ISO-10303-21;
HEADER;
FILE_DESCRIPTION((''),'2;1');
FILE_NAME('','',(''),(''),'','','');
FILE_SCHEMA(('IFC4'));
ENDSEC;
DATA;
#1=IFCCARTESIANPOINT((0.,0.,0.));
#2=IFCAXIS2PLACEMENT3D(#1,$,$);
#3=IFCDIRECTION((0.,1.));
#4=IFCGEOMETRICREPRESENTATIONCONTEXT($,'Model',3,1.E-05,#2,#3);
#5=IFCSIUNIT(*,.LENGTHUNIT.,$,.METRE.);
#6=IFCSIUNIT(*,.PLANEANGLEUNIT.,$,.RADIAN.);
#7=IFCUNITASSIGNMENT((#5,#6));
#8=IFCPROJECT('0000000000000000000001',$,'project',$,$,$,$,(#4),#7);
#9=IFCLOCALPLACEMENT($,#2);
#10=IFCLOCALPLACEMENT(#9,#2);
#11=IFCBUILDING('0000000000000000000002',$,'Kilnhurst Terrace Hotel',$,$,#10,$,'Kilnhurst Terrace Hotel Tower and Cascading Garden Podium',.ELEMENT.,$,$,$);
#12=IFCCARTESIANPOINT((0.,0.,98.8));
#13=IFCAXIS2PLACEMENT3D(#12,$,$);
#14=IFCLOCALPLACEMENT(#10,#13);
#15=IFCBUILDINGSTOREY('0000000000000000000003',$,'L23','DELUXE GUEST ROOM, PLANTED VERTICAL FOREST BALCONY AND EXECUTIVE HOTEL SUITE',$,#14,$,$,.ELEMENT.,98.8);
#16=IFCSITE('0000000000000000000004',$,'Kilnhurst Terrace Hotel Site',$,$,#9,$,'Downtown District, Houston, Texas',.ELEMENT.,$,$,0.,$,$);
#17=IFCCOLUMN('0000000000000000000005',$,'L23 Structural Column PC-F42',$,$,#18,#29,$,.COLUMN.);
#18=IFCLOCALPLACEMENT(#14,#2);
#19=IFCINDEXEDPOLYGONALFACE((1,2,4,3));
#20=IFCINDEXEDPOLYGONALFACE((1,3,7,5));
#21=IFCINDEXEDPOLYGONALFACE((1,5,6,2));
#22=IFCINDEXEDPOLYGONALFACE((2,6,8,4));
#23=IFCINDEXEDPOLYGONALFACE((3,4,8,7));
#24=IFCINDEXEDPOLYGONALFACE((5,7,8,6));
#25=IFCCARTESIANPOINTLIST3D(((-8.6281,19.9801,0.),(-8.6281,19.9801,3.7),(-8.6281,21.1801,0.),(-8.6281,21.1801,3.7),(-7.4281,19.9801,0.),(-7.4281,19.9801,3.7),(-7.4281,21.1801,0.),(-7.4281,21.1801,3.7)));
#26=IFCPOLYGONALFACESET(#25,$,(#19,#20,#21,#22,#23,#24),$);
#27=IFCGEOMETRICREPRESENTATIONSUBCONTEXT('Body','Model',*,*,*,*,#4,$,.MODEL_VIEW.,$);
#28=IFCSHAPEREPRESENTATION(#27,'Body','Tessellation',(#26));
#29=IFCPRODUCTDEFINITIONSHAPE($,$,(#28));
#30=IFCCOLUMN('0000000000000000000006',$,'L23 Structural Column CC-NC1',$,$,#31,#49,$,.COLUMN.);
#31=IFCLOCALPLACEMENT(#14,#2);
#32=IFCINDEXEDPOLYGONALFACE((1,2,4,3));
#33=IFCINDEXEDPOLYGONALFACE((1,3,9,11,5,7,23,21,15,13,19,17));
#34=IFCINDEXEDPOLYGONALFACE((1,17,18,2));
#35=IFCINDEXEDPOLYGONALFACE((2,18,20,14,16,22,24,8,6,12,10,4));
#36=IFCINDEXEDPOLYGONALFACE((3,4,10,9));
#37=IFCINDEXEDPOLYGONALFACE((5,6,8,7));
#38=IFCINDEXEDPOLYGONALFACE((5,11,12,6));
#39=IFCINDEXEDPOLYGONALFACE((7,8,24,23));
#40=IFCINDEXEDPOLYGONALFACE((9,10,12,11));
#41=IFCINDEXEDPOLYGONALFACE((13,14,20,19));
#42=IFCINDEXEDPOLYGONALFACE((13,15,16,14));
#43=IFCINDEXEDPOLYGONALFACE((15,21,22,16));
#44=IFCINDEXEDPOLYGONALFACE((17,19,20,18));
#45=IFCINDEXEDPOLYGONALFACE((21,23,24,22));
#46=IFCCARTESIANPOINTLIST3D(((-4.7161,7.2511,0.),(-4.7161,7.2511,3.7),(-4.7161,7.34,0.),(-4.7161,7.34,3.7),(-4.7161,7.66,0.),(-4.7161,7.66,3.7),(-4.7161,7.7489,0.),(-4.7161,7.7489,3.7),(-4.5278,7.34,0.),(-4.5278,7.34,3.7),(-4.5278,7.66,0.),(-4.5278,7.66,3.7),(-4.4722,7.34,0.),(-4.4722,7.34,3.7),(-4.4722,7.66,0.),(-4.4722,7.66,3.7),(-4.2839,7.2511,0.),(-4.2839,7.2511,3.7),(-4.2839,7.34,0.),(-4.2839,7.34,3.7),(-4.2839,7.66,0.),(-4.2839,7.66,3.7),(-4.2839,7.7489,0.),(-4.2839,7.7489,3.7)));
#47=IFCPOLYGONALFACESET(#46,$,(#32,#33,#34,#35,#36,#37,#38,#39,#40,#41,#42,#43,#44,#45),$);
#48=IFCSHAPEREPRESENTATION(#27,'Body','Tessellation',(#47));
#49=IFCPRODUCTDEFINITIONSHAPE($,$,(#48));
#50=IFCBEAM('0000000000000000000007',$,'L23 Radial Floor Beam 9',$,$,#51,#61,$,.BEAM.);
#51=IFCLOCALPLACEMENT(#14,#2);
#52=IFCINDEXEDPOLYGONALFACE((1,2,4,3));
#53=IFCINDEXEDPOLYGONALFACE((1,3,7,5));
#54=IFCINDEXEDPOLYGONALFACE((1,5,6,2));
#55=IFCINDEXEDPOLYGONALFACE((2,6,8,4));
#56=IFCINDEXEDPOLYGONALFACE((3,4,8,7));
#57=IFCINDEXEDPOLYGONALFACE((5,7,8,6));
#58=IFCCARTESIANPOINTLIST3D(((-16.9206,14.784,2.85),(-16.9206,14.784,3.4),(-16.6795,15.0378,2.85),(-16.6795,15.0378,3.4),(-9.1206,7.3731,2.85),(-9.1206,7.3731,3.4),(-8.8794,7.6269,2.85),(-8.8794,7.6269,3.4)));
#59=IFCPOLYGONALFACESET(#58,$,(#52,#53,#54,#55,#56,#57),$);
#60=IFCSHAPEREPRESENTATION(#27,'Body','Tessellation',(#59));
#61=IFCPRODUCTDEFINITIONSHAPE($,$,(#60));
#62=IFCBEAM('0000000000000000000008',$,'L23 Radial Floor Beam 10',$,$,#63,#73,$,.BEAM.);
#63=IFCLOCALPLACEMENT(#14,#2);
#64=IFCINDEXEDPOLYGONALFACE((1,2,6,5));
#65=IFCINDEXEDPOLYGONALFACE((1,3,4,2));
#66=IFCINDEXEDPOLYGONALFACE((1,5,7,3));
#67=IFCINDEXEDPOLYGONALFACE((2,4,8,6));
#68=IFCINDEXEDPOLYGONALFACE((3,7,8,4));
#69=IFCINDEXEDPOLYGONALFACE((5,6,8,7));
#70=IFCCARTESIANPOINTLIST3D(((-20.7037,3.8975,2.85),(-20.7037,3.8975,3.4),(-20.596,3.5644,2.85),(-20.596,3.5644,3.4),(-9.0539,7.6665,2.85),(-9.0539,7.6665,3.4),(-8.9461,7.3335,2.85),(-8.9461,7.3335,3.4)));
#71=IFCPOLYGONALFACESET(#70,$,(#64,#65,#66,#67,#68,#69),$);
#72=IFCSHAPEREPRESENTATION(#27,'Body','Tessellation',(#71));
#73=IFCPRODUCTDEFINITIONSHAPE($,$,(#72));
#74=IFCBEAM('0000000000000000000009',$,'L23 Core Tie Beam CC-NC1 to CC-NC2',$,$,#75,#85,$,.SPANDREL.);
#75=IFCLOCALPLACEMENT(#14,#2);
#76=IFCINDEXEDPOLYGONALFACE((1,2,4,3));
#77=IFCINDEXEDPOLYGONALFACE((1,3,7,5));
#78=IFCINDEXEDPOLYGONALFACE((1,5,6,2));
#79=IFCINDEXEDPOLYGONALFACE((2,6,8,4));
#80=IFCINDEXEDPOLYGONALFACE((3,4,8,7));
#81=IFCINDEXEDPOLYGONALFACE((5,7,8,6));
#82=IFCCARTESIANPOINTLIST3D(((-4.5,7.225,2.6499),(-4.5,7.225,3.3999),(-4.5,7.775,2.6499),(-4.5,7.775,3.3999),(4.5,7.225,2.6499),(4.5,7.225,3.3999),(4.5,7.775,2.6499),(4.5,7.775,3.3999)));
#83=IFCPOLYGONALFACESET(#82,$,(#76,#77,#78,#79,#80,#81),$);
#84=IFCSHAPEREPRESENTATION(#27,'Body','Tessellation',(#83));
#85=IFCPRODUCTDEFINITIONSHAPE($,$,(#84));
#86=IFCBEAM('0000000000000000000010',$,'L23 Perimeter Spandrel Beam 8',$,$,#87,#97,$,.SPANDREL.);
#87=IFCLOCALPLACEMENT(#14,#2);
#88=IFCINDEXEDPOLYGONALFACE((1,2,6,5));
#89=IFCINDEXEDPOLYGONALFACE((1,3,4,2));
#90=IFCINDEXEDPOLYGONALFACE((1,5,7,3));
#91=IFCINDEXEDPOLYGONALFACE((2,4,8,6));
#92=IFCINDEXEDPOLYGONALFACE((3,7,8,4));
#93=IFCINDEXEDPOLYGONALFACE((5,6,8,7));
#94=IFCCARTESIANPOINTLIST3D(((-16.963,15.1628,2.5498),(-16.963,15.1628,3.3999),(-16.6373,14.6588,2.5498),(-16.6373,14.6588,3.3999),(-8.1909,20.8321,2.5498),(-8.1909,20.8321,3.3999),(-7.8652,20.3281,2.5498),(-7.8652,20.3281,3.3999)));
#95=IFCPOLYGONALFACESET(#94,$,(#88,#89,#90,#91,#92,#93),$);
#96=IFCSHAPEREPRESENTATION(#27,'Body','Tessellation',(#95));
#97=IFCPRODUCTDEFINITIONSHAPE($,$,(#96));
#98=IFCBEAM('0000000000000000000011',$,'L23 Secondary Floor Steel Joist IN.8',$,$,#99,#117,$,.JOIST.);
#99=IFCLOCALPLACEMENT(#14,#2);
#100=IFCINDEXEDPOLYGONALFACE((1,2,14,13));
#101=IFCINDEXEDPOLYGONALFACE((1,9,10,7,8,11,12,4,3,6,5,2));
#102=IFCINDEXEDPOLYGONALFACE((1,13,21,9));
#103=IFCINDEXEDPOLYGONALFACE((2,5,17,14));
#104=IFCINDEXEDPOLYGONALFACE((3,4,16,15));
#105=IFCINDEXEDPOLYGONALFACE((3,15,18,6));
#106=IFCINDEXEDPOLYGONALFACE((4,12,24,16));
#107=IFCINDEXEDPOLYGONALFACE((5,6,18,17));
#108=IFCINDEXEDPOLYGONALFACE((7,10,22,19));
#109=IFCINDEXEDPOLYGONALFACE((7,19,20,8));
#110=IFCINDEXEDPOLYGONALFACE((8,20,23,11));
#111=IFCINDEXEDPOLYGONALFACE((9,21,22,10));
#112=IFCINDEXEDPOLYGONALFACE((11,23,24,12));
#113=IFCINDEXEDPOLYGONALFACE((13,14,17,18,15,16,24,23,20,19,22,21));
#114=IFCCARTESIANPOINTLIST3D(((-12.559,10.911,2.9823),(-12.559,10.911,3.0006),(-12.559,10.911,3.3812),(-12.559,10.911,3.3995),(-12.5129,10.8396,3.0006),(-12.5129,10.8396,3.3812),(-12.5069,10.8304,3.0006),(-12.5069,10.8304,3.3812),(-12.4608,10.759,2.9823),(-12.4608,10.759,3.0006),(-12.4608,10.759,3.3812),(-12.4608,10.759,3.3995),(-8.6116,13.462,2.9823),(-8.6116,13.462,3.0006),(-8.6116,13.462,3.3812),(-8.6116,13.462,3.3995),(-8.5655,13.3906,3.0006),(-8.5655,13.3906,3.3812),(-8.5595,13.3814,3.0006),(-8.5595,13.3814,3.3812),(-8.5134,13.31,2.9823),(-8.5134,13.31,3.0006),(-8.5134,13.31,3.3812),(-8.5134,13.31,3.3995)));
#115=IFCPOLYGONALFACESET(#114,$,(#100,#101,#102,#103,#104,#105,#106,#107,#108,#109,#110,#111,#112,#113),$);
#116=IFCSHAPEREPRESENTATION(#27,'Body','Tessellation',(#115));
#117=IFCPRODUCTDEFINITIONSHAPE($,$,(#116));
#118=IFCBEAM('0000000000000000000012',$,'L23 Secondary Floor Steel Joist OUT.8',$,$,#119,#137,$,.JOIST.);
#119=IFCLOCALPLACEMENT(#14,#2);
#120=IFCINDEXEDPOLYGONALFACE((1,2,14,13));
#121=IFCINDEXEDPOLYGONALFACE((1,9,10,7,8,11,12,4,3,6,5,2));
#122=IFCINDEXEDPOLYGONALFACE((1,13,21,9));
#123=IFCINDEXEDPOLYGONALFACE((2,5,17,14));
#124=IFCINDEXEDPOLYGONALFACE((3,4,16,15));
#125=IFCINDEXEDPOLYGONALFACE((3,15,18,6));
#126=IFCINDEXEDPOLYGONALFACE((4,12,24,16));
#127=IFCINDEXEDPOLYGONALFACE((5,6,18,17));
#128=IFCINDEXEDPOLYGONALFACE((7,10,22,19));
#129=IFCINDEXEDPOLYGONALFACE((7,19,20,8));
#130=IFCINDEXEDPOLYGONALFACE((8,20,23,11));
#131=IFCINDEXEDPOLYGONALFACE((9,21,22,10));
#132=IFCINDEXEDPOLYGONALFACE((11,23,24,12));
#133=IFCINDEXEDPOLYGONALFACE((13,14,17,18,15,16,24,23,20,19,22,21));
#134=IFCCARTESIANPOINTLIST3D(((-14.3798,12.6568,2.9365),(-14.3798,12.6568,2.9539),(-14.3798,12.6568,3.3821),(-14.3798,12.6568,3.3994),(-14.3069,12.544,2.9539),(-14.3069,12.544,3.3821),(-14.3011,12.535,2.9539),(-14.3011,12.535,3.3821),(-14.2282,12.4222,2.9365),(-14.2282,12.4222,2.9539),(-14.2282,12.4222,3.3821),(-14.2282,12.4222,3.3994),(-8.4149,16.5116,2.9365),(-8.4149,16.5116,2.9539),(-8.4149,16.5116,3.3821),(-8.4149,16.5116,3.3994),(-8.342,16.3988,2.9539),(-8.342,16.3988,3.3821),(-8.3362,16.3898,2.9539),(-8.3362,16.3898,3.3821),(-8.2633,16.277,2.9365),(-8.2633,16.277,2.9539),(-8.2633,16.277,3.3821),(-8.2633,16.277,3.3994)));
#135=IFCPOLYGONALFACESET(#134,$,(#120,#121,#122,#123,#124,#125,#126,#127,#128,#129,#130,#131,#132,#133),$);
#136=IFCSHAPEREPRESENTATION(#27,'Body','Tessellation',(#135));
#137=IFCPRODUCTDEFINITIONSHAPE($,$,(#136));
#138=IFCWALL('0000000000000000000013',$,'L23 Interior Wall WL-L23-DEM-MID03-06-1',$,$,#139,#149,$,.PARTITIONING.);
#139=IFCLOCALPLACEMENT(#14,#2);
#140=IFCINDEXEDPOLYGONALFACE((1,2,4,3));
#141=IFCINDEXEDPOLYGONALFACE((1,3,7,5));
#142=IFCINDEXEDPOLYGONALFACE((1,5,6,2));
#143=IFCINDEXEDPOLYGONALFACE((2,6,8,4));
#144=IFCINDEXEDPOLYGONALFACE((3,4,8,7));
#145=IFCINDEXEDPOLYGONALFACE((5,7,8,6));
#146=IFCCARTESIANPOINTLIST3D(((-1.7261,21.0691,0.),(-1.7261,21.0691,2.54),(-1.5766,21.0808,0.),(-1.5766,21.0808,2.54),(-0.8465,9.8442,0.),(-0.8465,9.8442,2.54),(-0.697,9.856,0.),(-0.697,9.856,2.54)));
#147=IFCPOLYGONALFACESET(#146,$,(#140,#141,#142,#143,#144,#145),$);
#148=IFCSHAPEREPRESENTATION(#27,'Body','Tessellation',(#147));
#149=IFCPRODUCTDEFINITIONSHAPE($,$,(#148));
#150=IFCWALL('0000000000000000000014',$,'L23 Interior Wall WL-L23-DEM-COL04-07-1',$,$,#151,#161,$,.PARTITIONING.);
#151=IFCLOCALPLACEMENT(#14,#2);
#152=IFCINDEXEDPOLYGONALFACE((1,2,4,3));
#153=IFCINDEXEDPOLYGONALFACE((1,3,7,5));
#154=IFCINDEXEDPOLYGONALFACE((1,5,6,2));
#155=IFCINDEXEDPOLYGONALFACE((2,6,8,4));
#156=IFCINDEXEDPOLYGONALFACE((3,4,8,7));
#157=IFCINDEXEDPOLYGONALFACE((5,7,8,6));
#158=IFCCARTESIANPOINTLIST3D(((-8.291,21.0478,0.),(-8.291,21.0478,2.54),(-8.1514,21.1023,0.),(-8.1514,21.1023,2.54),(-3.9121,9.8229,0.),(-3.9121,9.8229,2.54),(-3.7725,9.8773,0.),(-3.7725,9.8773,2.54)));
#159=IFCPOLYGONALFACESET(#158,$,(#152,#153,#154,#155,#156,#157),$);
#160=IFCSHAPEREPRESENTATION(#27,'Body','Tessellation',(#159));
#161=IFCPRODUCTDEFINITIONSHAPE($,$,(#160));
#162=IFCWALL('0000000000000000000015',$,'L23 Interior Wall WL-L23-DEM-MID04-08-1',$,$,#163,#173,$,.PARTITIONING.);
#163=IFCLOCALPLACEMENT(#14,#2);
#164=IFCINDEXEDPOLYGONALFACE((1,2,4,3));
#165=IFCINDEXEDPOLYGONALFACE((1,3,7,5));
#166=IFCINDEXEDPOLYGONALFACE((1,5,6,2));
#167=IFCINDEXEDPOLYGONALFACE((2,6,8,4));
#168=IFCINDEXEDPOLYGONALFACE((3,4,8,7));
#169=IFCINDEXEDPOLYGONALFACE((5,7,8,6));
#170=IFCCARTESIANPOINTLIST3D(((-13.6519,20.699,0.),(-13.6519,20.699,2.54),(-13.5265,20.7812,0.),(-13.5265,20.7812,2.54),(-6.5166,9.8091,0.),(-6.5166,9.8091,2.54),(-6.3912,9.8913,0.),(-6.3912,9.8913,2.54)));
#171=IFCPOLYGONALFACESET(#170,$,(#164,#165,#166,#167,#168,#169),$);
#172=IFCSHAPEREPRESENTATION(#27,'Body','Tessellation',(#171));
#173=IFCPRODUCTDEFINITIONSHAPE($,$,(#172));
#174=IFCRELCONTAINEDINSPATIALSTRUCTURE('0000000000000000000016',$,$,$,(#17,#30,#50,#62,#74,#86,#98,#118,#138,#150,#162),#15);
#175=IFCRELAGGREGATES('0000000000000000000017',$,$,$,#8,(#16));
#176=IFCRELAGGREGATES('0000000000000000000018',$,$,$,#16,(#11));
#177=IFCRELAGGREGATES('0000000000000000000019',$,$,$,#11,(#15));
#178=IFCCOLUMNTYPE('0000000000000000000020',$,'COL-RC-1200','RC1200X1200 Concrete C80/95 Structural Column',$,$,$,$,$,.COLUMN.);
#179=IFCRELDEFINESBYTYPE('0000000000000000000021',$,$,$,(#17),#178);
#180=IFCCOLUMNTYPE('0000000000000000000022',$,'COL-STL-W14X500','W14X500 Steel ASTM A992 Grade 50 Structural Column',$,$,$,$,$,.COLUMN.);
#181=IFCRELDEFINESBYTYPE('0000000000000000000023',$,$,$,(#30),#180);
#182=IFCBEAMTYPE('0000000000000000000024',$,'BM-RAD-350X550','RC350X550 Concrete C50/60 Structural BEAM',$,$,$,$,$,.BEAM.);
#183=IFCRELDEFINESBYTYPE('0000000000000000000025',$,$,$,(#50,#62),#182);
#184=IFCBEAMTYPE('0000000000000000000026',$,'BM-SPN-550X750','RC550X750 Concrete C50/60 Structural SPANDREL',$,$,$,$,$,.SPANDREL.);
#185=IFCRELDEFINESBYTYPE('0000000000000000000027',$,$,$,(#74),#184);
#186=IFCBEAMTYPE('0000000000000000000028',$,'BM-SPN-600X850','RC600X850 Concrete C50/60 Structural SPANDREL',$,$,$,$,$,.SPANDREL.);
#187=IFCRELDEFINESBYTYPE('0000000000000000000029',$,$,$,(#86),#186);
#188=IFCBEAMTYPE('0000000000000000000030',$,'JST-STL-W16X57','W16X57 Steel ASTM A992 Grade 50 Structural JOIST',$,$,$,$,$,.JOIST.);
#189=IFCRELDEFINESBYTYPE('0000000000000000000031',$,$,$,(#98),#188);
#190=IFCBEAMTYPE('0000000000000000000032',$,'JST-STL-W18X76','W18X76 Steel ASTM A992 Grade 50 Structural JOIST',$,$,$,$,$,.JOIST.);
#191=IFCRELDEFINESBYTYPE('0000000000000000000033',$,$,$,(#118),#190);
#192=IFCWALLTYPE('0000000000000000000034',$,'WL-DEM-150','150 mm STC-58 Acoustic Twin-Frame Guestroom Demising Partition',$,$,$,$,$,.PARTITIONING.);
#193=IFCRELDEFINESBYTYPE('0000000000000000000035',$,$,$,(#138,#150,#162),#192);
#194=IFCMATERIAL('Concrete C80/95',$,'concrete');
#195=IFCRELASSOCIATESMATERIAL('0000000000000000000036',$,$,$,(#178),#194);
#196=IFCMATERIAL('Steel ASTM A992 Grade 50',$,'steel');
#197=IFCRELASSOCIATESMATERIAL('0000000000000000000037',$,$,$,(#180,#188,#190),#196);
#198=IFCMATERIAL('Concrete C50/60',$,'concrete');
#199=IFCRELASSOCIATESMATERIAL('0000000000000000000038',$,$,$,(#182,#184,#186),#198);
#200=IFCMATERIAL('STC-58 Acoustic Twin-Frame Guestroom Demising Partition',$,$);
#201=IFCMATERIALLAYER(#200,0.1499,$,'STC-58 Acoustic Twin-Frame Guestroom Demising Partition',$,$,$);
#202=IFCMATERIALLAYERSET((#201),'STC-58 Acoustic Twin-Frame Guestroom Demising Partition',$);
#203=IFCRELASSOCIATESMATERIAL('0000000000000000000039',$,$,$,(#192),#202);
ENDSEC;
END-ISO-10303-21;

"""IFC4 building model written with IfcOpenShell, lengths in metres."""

from ifc_helpers import new_model, si_unit, direction, frame, frame_2d, origin, origin_2d, place, context, subcontext, project, spatial, rectangle, i_section, extrude, material, layer, layer_set, material_profile, profile_set, type_object, element, save


model = new_model("IFC4")

# Units and contexts
model_context = context("Model", 3, precision=1e-05, world=origin(), true_north=direction((0.0, 1.0)))
body_context = subcontext(model_context, "Body", "Model", "MODEL_VIEW")
ifc_project = project(units=[si_unit("LENGTHUNIT", "METRE"), si_unit("PLANEANGLEUNIT", "RADIAN")], contexts=[model_context])

# Site, building, storey
site_placement = place(None, origin())
site = spatial("IfcSite", under=ifc_project, at=site_placement, Name="Kilnhurst Terrace Hotel Site", LongName="Downtown District, Houston, Texas", CompositionType="ELEMENT", RefElevation=0.0)
building_placement = place(site_placement, origin())
building = spatial("IfcBuilding", under=site, at=building_placement, Name="Kilnhurst Terrace Hotel", LongName="Kilnhurst Terrace Hotel Tower and Cascading Garden Podium", CompositionType="ELEMENT")
storey_placement = place(building_placement, frame((0.0, 0.0, 98.8)))
storey = spatial("IfcBuildingStorey", under=building, at=storey_placement, Name="L23", Description="DELUXE GUEST ROOM, PLANTED VERTICAL FOREST BALCONY AND EXECUTIVE HOTEL SUITE", CompositionType="ELEMENT", Elevation=98.8)

# Columns
ifc_material_1 = material(Name="Concrete C80/95", Category="concrete")
ifc_material_profile_1 = material_profile(ifc_material_1, rectangle(XDim=1.2, YDim=1.2, at=origin_2d()), Name="RC1200X1200")
ifc_profile_set_1 = profile_set([ifc_material_profile_1], Name="Concrete C80/95")
column_type_1 = type_object("IfcColumnType", Name="COL-RC-1200", Description="RC1200X1200 Concrete C80/95 Structural Column", PredefinedType="COLUMN", material=ifc_profile_set_1)
column_1_placement = place(storey_placement, frame((-8.0281, 20.5801, 0.0), z_axis=(0.0, 0.0, 1.0), x_axis=(1.0, 0.0, 0.0)))
element("IfcColumn", 1, at=column_1_placement, inside=storey, type_object=column_type_1, Name="L23 Structural Column PC-F42", PredefinedType="COLUMN", context=body_context, shape_type="SweptSolid", body=[
    extrude(rectangle(XDim=1.2, YDim=1.2, at=origin_2d()), origin(), (0.0, 0.0, 1.0), 3.7),
])
ifc_material_2 = material(Name="Steel ASTM A992 Grade 50", Category="steel")
ifc_material_profile_2 = material_profile(ifc_material_2, i_section(OverallWidth=0.4321, OverallDepth=0.4978, WebThickness=0.0557, FlangeThickness=0.0889, at=origin_2d()), Name="W14X500")
ifc_profile_set_2 = profile_set([ifc_material_profile_2], Name="Steel ASTM A992 Grade 50")
column_type_2 = type_object("IfcColumnType", Name="COL-STL-W14X500", Description="W14X500 Steel ASTM A992 Grade 50 Structural Column", PredefinedType="COLUMN", material=ifc_profile_set_2)
column_2_placement = place(storey_placement, frame((-4.5, 7.5, 0.0), z_axis=(0.0, 0.0, 1.0), x_axis=(1.0, 0.0, 0.0)))
element("IfcColumn", 2, at=column_2_placement, inside=storey, type_object=column_type_2, Name="L23 Structural Column CC-NC1", PredefinedType="COLUMN", context=body_context, shape_type="SweptSolid", body=[
    extrude(i_section(OverallWidth=0.4321, OverallDepth=0.4978, WebThickness=0.0557, FlangeThickness=0.0889, at=origin_2d()), origin(), (0.0, 0.0, 1.0), 3.7),
])

# Beams
ifc_material_3 = material(Name="Concrete C50/60", Category="concrete")
ifc_material_profile_3 = material_profile(ifc_material_3, rectangle(XDim=0.3501, YDim=0.55, at=origin_2d()), Name="RC350X550")
ifc_profile_set_3 = profile_set([ifc_material_profile_3], Name="Concrete C50/60")
beam_type_1 = type_object("IfcBeamType", Name="BM-RAD-350X550", Description="RC350X550 Concrete C50/60 Structural BEAM", PredefinedType="BEAM", material=ifc_profile_set_3)
beam_1_placement = place(storey_placement, frame((-9.0, 7.5, 3.125), z_axis=(-0.72496, 0.688791, 0.0), x_axis=(-0.688791, -0.72496, 0.0)))
element("IfcBeam", 3, at=beam_1_placement, inside=storey, type_object=beam_type_1, Name="L23 Radial Floor Beam 9", PredefinedType="BEAM", context=body_context, shape_type="SweptSolid", body=[
    extrude(rectangle(XDim=0.3501, YDim=0.55, at=origin_2d()), origin(), (0.0, 0.0, 1.0), 10.7593),
])
beam_2_placement = place(storey_placement, frame((-9.0, 7.5, 3.125), z_axis=(-0.951446, -0.307817, 0.0), x_axis=(0.307817, -0.951446, 0.0)))
element("IfcBeam", 4, at=beam_2_placement, inside=storey, type_object=beam_type_1, Name="L23 Radial Floor Beam 10", PredefinedType="BEAM", context=body_context, shape_type="SweptSolid", body=[
    extrude(rectangle(XDim=0.3501, YDim=0.55, at=origin_2d()), origin(), (0.0, 0.0, 1.0), 12.2444),
])
ifc_material_profile_4 = material_profile(ifc_material_3, rectangle(XDim=0.55, YDim=0.75, at=origin_2d()), Name="RC550X750")
ifc_profile_set_4 = profile_set([ifc_material_profile_4], Name="Concrete C50/60")
beam_type_2 = type_object("IfcBeamType", Name="BM-SPN-550X750", Description="RC550X750 Concrete C50/60 Structural SPANDREL", PredefinedType="SPANDREL", material=ifc_profile_set_4)
beam_3_placement = place(storey_placement, frame((-4.5, 7.5, 3.0249), z_axis=(1.0, 0.0, 0.0), x_axis=(0.0, 1.0, 0.0)))
element("IfcBeam", 5, at=beam_3_placement, inside=storey, type_object=beam_type_2, Name="L23 Core Tie Beam CC-NC1 to CC-NC2", PredefinedType="SPANDREL", context=body_context, shape_type="SweptSolid", body=[
    extrude(rectangle(XDim=0.55, YDim=0.75, at=origin_2d()), origin(), (0.0, 0.0, 1.0), 9.0),
])
ifc_material_profile_5 = material_profile(ifc_material_3, rectangle(XDim=0.6001, YDim=0.8501, at=origin_2d()), Name="RC600X850")
ifc_profile_set_5 = profile_set([ifc_material_profile_5], Name="Concrete C50/60")
beam_type_3 = type_object("IfcBeamType", Name="BM-SPN-600X850", Description="RC600X850 Concrete C50/60 Structural SPANDREL", PredefinedType="SPANDREL", material=ifc_profile_set_5)
beam_4_placement = place(storey_placement, frame((-8.0281, 20.5801, 2.9749), z_axis=(-0.839867, -0.542793, 0.0), x_axis=(0.542793, -0.839867, 0.0)))
element("IfcBeam", 6, at=beam_4_placement, inside=storey, type_object=beam_type_3, Name="L23 Perimeter Spandrel Beam 8", PredefinedType="SPANDREL", context=body_context, shape_type="SweptSolid", body=[
    extrude(rectangle(XDim=0.6001, YDim=0.8501, at=origin_2d()), origin(), (0.0, 0.0, 1.0), 10.4446),
])
ifc_material_profile_6 = material_profile(ifc_material_2, i_section(OverallWidth=0.1809, OverallDepth=0.4172, WebThickness=0.011, FlangeThickness=0.0183, at=origin_2d()), Name="W16X57")
ifc_profile_set_6 = profile_set([ifc_material_profile_6], Name="Steel ASTM A992 Grade 50")
beam_type_4 = type_object("IfcBeamType", Name="JST-STL-W16X57", Description="W16X57 Steel ASTM A992 Grade 50 Structural JOIST", PredefinedType="JOIST", material=ifc_profile_set_6)
beam_5_placement = place(storey_placement, frame((-8.5625, 13.386, 3.1909), z_axis=(-0.839885, -0.542764, 0.0), x_axis=(0.542764, -0.839885, 0.0)))
element("IfcBeam", 7, at=beam_5_placement, inside=storey, type_object=beam_type_4, Name="L23 Secondary Floor Steel Joist IN.8", PredefinedType="JOIST", context=body_context, shape_type="SweptSolid", body=[
    extrude(i_section(OverallWidth=0.1809, OverallDepth=0.4172, WebThickness=0.011, FlangeThickness=0.0183, at=origin_2d()), origin(), (0.0, 0.0, 1.0), 4.7),
])
ifc_material_profile_7 = material_profile(ifc_material_2, i_section(OverallWidth=0.2793, OverallDepth=0.4629, WebThickness=0.0107, FlangeThickness=0.0173, at=origin_2d()), Name="W18X76")
ifc_profile_set_7 = profile_set([ifc_material_profile_7], Name="Steel ASTM A992 Grade 50")
beam_type_5 = type_object("IfcBeamType", Name="JST-STL-W18X76", Description="W18X76 Steel ASTM A992 Grade 50 Structural JOIST", PredefinedType="JOIST", material=ifc_profile_set_7)
beam_6_placement = place(storey_placement, frame((-8.3391, 16.3943, 3.168), z_axis=(-0.839883, -0.542768, 0.0), x_axis=(0.542768, -0.839883, 0.0)))
element("IfcBeam", 8, at=beam_6_placement, inside=storey, type_object=beam_type_5, Name="L23 Secondary Floor Steel Joist OUT.8", PredefinedType="JOIST", context=body_context, shape_type="SweptSolid", body=[
    extrude(i_section(OverallWidth=0.2793, OverallDepth=0.4629, WebThickness=0.0107, FlangeThickness=0.0173, at=origin_2d()), origin(), (0.0, 0.0, 1.0), 7.1021),
])

# Walls
ifc_material_4 = material(Name="STC-58 Acoustic Twin-Frame Guestroom Demising Partition")
ifc_layer_1 = layer(ifc_material_4, 0.1499, Name="STC-58 Acoustic Twin-Frame Guestroom Demising Partition")
ifc_layer_set_1 = layer_set([ifc_layer_1], Name="STC-58 Acoustic Twin-Frame Guestroom Demising Partition")
wall_type_1 = type_object("IfcWallType", Name="WL-DEM-150", Description="150 mm STC-58 Acoustic Twin-Frame Guestroom Demising Partition", PredefinedType="PARTITIONING", material=ifc_layer_set_1)
wall_1_placement = place(storey_placement, frame((-0.7717, 9.8501, 0.0), z_axis=(0.0, 0.0, 1.0), x_axis=(-0.078126, 0.996944, 0.0)))
element("IfcWall", 9, at=wall_1_placement, inside=storey, type_object=wall_type_1, Name="L23 Interior Wall WL-L23-DEM-MID03-06-1", PredefinedType="PARTITIONING", context=body_context, shape_type="SweptSolid", body=[
    extrude(rectangle(XDim=11.2593, YDim=0.1499, at=frame_2d((5.6296, 0.0))), origin(), (0.0, 0.0, 1.0), 2.54),
])
wall_2_placement = place(storey_placement, frame((-3.8423, 9.8501, 0.0), z_axis=(0.0, 0.0, 1.0), x_axis=(-0.363433, 0.93162, 0.0)))
element("IfcWall", 10, at=wall_2_placement, inside=storey, type_object=wall_type_1, Name="L23 Interior Wall WL-L23-DEM-COL04-07-1", PredefinedType="PARTITIONING", context=body_context, shape_type="SweptSolid", body=[
    extrude(rectangle(XDim=12.0488, YDim=0.1499, at=frame_2d((6.0244, 0.0))), origin(), (0.0, 0.0, 1.0), 2.54),
])
wall_3_placement = place(storey_placement, frame((-6.4539, 9.8501, 0.0), z_axis=(0.0, 0.0, 1.0), x_axis=(-0.548053, 0.836444, 0.0)))
element("IfcWall", 11, at=wall_3_placement, inside=storey, type_object=wall_type_1, Name="L23 Interior Wall WL-L23-DEM-MID04-08-1", PredefinedType="PARTITIONING", context=body_context, shape_type="SweptSolid", body=[
    extrude(rectangle(XDim=13.0193, YDim=0.1499, at=frame_2d((6.5098, 0.0))), origin(), (0.0, 0.0, 1.0), 2.54),
])

save(model, "model.ifc")
